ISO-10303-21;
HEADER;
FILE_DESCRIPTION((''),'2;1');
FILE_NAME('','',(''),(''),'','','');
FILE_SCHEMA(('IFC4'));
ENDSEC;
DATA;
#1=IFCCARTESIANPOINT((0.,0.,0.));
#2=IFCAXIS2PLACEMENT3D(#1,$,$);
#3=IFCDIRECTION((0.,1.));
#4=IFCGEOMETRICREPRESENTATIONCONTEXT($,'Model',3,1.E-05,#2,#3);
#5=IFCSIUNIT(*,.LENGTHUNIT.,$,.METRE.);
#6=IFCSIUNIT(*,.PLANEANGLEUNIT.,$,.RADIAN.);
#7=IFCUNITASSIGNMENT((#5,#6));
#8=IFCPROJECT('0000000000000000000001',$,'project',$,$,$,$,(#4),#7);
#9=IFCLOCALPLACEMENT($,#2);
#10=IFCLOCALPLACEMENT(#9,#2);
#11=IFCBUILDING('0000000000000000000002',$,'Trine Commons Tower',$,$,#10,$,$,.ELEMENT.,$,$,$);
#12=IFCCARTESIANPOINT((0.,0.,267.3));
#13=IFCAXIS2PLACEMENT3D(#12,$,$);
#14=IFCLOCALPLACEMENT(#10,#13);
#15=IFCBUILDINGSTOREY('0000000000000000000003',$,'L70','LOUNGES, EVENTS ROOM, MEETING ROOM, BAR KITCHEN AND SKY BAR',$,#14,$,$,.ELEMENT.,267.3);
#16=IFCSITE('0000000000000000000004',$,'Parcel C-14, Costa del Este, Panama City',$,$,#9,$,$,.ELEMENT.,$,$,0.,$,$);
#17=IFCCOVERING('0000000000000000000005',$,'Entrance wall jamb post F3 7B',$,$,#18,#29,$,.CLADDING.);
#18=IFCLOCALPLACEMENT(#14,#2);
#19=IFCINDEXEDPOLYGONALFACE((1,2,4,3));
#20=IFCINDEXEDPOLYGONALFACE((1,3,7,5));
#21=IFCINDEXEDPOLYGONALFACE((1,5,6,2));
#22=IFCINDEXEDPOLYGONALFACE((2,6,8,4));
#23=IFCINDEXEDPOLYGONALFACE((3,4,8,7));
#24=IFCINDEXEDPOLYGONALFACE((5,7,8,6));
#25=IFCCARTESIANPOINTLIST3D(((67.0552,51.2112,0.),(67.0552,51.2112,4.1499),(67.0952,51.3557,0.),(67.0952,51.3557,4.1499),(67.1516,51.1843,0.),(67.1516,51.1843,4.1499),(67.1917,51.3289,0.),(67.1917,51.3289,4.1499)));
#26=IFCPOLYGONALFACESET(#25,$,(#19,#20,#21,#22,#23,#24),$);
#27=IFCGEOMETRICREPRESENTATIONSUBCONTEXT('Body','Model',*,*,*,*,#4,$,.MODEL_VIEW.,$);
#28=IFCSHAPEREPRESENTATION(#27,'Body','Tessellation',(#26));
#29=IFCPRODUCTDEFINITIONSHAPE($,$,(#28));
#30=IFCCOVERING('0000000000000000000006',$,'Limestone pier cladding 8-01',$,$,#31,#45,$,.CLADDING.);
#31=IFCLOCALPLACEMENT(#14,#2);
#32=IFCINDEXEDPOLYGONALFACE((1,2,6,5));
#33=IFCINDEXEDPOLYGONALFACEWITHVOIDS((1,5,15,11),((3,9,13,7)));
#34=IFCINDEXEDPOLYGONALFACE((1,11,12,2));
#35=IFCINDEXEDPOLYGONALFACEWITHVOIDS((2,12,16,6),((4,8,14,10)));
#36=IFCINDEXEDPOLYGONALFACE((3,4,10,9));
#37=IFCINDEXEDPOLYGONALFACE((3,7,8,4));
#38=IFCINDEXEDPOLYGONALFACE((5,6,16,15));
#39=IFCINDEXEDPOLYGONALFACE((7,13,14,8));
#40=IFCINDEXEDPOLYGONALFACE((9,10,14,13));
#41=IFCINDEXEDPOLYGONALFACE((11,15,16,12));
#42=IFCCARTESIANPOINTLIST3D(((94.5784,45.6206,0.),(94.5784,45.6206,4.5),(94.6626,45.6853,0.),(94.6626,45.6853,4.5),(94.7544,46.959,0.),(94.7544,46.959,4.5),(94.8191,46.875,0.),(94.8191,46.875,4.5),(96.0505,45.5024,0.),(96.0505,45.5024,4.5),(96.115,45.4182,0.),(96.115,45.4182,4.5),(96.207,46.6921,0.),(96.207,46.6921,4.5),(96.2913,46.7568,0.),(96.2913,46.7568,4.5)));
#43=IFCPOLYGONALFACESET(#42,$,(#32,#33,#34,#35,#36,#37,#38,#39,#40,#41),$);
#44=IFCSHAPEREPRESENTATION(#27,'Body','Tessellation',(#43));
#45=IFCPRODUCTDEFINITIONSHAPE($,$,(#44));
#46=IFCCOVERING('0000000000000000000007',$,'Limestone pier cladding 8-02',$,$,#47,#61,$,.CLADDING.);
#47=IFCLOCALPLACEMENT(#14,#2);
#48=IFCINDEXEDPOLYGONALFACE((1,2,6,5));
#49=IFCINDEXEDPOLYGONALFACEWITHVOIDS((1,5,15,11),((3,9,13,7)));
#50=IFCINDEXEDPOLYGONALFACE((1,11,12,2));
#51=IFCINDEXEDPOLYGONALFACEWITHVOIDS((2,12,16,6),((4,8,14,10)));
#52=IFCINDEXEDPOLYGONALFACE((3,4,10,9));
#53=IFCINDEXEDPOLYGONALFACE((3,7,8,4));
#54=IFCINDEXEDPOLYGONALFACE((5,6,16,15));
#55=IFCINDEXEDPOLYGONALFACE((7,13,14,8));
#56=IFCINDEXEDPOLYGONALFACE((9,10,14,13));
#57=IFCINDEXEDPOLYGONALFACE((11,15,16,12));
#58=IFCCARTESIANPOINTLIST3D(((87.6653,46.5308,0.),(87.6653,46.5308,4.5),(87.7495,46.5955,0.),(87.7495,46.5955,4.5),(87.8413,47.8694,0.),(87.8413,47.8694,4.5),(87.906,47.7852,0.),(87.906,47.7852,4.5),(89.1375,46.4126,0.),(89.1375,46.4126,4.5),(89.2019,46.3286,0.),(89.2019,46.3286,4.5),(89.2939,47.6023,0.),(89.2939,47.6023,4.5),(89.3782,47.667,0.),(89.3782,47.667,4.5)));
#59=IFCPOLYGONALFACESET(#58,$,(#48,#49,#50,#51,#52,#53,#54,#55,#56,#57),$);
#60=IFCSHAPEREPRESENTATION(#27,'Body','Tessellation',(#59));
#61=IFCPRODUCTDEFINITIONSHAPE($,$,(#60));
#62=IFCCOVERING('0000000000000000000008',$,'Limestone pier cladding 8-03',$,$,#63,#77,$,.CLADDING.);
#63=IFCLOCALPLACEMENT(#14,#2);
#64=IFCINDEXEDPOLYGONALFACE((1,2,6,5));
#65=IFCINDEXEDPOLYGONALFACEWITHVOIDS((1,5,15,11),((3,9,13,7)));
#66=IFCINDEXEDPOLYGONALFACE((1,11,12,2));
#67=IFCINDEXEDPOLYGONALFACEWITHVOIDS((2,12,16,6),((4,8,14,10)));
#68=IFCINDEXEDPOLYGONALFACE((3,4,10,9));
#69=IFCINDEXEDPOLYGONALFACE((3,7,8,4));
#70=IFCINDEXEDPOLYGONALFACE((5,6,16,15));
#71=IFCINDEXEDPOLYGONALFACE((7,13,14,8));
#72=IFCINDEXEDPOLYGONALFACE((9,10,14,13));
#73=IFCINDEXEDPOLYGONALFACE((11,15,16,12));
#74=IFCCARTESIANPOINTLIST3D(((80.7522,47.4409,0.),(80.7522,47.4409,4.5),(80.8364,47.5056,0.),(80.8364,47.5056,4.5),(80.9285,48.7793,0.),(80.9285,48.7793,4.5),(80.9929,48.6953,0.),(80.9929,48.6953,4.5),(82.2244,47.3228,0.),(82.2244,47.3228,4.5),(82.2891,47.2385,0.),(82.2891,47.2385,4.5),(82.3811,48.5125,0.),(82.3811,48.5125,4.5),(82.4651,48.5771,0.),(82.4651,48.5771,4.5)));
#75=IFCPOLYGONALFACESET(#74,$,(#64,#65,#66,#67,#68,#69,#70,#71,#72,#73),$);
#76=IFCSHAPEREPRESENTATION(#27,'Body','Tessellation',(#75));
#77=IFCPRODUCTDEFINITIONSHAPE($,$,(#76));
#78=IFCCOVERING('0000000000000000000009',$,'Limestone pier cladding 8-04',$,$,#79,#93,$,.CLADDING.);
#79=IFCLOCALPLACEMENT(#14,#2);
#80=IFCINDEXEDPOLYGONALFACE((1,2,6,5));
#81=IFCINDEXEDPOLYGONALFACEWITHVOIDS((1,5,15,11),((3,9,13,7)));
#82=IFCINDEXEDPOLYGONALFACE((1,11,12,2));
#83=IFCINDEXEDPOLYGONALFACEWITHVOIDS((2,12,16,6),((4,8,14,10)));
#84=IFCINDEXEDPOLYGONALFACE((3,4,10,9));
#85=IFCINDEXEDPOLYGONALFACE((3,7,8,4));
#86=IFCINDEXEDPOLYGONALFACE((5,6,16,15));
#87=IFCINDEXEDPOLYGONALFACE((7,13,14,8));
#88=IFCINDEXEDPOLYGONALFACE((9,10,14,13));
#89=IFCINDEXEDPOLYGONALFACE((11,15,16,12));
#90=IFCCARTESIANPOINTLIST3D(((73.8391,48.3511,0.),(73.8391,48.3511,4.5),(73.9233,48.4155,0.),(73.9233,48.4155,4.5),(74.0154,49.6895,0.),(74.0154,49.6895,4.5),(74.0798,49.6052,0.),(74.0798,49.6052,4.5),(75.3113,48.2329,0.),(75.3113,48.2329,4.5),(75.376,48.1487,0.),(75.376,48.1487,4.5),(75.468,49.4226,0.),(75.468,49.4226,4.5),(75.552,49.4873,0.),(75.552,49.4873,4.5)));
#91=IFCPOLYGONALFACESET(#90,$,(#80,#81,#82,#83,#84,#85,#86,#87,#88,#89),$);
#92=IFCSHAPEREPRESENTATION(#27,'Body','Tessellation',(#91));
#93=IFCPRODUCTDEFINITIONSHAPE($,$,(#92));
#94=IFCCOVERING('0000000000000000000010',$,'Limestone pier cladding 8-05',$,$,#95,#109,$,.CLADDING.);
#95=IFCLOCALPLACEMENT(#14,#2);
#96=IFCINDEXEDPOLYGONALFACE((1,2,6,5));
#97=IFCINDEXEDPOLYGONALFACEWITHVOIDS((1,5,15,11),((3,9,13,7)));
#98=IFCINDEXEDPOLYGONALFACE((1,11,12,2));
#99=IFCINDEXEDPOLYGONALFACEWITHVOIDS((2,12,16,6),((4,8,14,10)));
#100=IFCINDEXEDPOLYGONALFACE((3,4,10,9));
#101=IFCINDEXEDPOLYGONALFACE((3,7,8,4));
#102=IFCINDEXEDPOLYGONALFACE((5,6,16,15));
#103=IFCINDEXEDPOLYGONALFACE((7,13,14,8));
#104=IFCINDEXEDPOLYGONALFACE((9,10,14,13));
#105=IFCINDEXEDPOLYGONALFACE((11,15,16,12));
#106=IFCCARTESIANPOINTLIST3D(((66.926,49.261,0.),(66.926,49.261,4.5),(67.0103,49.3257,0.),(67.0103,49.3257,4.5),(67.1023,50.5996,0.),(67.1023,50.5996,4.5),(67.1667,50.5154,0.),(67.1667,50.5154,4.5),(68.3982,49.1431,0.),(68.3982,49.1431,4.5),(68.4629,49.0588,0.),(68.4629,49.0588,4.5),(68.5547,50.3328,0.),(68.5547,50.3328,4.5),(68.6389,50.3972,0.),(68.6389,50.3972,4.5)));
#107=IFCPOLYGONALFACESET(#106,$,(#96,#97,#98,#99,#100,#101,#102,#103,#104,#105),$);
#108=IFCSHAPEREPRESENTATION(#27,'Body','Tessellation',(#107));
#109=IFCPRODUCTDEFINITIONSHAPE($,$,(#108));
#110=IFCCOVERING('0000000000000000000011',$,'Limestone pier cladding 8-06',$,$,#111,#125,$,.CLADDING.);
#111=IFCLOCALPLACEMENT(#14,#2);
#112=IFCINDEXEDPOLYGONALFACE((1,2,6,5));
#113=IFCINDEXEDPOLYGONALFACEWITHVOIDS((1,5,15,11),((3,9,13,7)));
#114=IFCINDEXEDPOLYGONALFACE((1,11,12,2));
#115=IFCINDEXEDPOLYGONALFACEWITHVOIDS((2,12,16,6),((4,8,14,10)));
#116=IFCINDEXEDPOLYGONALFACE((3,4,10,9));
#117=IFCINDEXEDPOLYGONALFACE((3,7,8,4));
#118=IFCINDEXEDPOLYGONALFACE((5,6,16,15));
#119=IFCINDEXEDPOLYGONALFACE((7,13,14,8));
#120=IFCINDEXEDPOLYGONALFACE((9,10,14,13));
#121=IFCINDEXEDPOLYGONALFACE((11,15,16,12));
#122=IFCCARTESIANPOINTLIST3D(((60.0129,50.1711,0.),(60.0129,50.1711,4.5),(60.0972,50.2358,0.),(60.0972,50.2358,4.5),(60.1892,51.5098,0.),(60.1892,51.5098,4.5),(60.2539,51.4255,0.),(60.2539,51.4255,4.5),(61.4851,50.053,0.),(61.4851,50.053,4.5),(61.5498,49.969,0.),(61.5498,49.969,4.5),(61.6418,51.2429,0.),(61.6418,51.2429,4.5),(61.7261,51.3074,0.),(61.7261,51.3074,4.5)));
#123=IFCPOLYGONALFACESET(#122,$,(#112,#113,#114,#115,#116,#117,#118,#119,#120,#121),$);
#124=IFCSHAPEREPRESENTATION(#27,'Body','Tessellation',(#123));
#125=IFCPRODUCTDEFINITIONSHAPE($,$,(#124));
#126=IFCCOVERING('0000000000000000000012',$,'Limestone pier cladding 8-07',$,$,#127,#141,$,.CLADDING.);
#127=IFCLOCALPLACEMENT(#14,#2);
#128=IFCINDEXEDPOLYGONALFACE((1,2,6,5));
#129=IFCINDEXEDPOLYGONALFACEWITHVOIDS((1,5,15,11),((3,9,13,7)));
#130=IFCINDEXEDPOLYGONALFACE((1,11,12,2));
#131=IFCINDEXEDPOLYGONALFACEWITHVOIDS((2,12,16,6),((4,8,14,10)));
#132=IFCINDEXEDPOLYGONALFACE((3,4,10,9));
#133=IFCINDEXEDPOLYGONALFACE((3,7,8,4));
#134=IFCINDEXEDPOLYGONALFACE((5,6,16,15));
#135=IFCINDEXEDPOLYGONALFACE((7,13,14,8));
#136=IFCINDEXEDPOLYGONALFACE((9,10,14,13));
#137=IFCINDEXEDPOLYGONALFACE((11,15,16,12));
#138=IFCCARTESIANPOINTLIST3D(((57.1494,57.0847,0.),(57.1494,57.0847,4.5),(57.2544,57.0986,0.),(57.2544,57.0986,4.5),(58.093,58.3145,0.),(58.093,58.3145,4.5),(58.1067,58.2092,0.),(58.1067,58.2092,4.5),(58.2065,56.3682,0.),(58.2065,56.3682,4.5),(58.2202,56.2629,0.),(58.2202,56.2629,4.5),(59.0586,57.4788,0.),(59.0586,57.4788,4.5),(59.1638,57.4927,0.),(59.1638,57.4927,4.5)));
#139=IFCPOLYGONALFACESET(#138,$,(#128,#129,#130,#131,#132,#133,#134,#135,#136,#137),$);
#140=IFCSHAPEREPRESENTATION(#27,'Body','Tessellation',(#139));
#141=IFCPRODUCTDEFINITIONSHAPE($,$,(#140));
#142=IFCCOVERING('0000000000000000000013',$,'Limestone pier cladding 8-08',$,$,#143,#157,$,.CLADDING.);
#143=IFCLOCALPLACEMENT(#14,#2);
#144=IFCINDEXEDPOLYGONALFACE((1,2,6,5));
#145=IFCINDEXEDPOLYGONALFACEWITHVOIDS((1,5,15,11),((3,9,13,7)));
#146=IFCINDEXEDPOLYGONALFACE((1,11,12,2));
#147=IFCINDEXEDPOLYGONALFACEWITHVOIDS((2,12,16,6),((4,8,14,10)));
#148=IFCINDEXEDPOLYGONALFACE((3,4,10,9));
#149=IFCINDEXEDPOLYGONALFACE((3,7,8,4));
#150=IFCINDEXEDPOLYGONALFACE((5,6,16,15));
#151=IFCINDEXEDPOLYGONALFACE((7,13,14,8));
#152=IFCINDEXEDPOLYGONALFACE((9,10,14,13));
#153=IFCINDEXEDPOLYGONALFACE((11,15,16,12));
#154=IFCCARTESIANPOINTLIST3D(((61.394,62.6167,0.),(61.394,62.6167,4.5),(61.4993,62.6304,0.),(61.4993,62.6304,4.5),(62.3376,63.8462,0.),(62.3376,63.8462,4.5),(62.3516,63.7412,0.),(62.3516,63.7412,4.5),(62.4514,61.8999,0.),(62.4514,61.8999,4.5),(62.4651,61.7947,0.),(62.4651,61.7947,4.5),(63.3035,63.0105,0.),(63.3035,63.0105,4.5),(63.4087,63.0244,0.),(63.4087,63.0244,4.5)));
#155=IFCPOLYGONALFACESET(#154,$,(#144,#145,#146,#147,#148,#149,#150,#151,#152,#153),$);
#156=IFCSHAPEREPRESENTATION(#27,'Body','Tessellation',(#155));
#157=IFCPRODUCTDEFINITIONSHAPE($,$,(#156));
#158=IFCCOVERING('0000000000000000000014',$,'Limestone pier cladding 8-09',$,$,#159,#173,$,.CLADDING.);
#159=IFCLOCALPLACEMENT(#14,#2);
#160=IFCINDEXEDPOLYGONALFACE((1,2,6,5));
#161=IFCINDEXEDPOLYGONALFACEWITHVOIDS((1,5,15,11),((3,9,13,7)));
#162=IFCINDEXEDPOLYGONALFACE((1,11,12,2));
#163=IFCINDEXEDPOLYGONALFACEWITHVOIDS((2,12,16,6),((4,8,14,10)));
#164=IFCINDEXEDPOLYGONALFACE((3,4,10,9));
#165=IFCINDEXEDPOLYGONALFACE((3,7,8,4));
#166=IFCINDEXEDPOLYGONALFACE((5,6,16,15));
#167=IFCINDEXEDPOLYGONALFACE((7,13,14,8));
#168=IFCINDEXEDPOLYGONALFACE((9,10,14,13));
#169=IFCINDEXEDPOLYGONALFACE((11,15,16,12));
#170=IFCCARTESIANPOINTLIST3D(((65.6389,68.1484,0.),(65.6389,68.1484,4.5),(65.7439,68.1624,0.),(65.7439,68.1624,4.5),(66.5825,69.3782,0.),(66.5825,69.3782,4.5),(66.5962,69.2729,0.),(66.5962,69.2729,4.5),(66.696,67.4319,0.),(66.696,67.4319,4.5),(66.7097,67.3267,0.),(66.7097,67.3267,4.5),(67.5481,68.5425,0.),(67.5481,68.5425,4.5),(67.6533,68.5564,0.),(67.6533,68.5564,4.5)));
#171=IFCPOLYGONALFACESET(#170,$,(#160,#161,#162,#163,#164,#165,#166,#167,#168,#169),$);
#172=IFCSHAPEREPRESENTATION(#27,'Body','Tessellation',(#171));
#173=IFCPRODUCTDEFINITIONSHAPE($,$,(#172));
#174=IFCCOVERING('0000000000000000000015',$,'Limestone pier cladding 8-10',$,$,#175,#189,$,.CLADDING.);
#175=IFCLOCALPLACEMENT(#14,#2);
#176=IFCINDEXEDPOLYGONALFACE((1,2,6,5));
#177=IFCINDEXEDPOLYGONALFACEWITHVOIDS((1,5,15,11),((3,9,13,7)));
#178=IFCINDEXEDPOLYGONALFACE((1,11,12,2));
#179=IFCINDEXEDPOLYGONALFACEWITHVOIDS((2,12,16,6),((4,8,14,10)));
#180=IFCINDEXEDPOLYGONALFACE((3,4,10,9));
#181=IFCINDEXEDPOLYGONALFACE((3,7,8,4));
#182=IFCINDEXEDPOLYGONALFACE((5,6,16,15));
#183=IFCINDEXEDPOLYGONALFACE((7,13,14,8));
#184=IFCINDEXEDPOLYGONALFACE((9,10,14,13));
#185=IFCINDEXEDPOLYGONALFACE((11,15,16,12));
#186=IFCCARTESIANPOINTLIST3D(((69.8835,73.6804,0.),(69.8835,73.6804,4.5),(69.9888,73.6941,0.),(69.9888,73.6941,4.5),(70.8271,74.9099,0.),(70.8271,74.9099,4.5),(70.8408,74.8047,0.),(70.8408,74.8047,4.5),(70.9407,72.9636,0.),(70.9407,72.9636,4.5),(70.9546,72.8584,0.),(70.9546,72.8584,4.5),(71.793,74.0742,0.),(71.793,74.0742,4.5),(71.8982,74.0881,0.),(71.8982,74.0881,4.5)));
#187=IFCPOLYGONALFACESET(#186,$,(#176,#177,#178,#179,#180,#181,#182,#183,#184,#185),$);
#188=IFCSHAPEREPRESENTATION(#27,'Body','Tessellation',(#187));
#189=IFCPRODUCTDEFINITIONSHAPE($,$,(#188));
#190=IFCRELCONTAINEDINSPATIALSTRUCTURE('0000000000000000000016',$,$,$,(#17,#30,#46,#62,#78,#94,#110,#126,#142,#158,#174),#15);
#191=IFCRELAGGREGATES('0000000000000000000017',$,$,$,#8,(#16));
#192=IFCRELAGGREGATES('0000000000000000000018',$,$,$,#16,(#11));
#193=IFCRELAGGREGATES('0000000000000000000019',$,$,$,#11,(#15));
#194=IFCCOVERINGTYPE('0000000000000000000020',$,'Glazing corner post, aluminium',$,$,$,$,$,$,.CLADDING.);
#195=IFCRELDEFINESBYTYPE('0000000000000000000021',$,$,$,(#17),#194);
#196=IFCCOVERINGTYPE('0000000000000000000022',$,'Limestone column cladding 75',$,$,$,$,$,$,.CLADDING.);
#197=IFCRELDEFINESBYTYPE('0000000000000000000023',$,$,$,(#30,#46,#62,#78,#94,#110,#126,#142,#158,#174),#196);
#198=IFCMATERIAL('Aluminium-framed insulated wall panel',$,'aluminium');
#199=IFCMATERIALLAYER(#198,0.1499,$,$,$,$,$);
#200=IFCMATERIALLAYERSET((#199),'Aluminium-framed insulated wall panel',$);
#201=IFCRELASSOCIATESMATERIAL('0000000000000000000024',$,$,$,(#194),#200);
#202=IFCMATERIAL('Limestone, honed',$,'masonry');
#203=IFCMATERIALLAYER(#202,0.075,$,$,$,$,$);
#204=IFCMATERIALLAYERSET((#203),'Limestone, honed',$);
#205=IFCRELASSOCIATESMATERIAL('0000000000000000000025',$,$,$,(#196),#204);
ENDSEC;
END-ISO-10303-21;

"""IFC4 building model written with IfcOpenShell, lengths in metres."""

from ifc_helpers import new_model, si_unit, direction, frame, origin, place, context, subcontext, project, spatial, polyline, outline, extrude, material, layer, layer_set, type_object, element, save


model = new_model("IFC4")

# Units and contexts
model_context = context("Model", 3, precision=1e-05, world=origin(), true_north=direction((0.0, 1.0)))
body_context = subcontext(model_context, "Body", "Model", "MODEL_VIEW")
ifc_project = project(units=[si_unit("LENGTHUNIT", "METRE"), si_unit("PLANEANGLEUNIT", "RADIAN")], contexts=[model_context])

# Site, building, storey
site_placement = place(None, origin())
site = spatial("IfcSite", under=ifc_project, at=site_placement, Name="Parcel C-14, Costa del Este, Panama City", CompositionType="ELEMENT", RefElevation=0.0)
building_placement = place(site_placement, origin())
building = spatial("IfcBuilding", under=site, at=building_placement, Name="Trine Commons Tower", CompositionType="ELEMENT")
storey_placement = place(building_placement, frame((0.0, 0.0, 267.3)))
storey = spatial("IfcBuildingStorey", under=building, at=storey_placement, Name="L70", Description="LOUNGES, EVENTS ROOM, MEETING ROOM, BAR KITCHEN AND SKY BAR", CompositionType="ELEMENT", Elevation=267.3)

# Coverings
ifc_material_1 = material(Name="Aluminium-framed insulated wall panel", Category="aluminium")
ifc_layer_1 = layer(ifc_material_1, 0.1499)
ifc_layer_set_1 = layer_set([ifc_layer_1], Name="Aluminium-framed insulated wall panel")
covering_type_1 = type_object("IfcCoveringType", Name="Glazing corner post, aluminium", PredefinedType="CLADDING", material=ifc_layer_set_1)
covering_1_placement = place(storey_placement, origin())
element("IfcCovering", 1, at=covering_1_placement, inside=storey, type_object=covering_type_1, Name="Entrance wall jamb post F3 7B", PredefinedType="CLADDING", context=body_context, shape_type="SweptSolid", body=[
    extrude(outline(polyline([(67.1516, 51.1843), (67.0552, 51.2112), (67.0952, 51.3557), (67.1917, 51.3289), (67.1516, 51.1843)])), origin(), (0.0, 0.0, 1.0), 4.1499),
])
ifc_material_2 = material(Name="Limestone, honed", Category="masonry")
ifc_layer_2 = layer(ifc_material_2, 0.075)
ifc_layer_set_2 = layer_set([ifc_layer_2], Name="Limestone, honed")
covering_type_2 = type_object("IfcCoveringType", Name="Limestone column cladding 75", PredefinedType="CLADDING", material=ifc_layer_set_2)
covering_2_placement = place(storey_placement, origin())
element("IfcCovering", 2, at=covering_2_placement, inside=storey, type_object=covering_type_2, Name="Limestone pier cladding 8-01", PredefinedType="CLADDING", context=body_context, shape_type="SweptSolid", body=[
    extrude(outline(polyline([(94.7544, 46.959), (94.5784, 45.6206), (96.115, 45.4182), (96.2913, 46.7568), (94.7544, 46.959)]), holes=[polyline([(94.8191, 46.875), (94.6626, 45.6853), (96.0505, 45.5024), (96.207, 46.6921), (94.8191, 46.875)])]), origin(), (0.0, 0.0, 1.0), 4.5),
])
covering_3_placement = place(storey_placement, origin())
element("IfcCovering", 3, at=covering_3_placement, inside=storey, type_object=covering_type_2, Name="Limestone pier cladding 8-02", PredefinedType="CLADDING", context=body_context, shape_type="SweptSolid", body=[
    extrude(outline(polyline([(87.8413, 47.8694), (87.6653, 46.5308), (89.2019, 46.3286), (89.3782, 47.667), (87.8413, 47.8694)]), holes=[polyline([(87.906, 47.7852), (87.7495, 46.5955), (89.1375, 46.4126), (89.2939, 47.6023), (87.906, 47.7852)])]), origin(), (0.0, 0.0, 1.0), 4.5),
])
covering_4_placement = place(storey_placement, origin())
element("IfcCovering", 4, at=covering_4_placement, inside=storey, type_object=covering_type_2, Name="Limestone pier cladding 8-03", PredefinedType="CLADDING", context=body_context, shape_type="SweptSolid", body=[
    extrude(outline(polyline([(80.9285, 48.7793), (80.7522, 47.4409), (82.2891, 47.2385), (82.4651, 48.5771), (80.9285, 48.7793)]), holes=[polyline([(80.9929, 48.6953), (80.8364, 47.5056), (82.2244, 47.3228), (82.3811, 48.5125), (80.9929, 48.6953)])]), origin(), (0.0, 0.0, 1.0), 4.5),
])
covering_5_placement = place(storey_placement, origin())
element("IfcCovering", 5, at=covering_5_placement, inside=storey, type_object=covering_type_2, Name="Limestone pier cladding 8-04", PredefinedType="CLADDING", context=body_context, shape_type="SweptSolid", body=[
    extrude(outline(polyline([(74.0154, 49.6895), (73.8391, 48.3511), (75.376, 48.1487), (75.552, 49.4873), (74.0154, 49.6895)]), holes=[polyline([(74.0798, 49.6052), (73.9233, 48.4155), (75.3113, 48.2329), (75.468, 49.4226), (74.0798, 49.6052)])]), origin(), (0.0, 0.0, 1.0), 4.5),
])
covering_6_placement = place(storey_placement, origin())
element("IfcCovering", 6, at=covering_6_placement, inside=storey, type_object=covering_type_2, Name="Limestone pier cladding 8-05", PredefinedType="CLADDING", context=body_context, shape_type="SweptSolid", body=[
    extrude(outline(polyline([(67.1023, 50.5996), (66.926, 49.261), (68.4629, 49.0588), (68.6389, 50.3972), (67.1023, 50.5996)]), holes=[polyline([(67.1667, 50.5154), (67.0103, 49.3257), (68.3982, 49.1431), (68.5547, 50.3328), (67.1667, 50.5154)])]), origin(), (0.0, 0.0, 1.0), 4.5),
])
covering_7_placement = place(storey_placement, origin())
element("IfcCovering", 7, at=covering_7_placement, inside=storey, type_object=covering_type_2, Name="Limestone pier cladding 8-06", PredefinedType="CLADDING", context=body_context, shape_type="SweptSolid", body=[
    extrude(outline(polyline([(60.1892, 51.5098), (60.0129, 50.1711), (61.5498, 49.969), (61.7261, 51.3074), (60.1892, 51.5098)]), holes=[polyline([(60.2539, 51.4255), (60.0972, 50.2358), (61.4851, 50.053), (61.6418, 51.2429), (60.2539, 51.4255)])]), origin(), (0.0, 0.0, 1.0), 4.5),
])
covering_8_placement = place(storey_placement, origin())
element("IfcCovering", 8, at=covering_8_placement, inside=storey, type_object=covering_type_2, Name="Limestone pier cladding 8-07", PredefinedType="CLADDING", context=body_context, shape_type="SweptSolid", body=[
    extrude(outline(polyline([(59.1638, 57.4927), (58.093, 58.3145), (57.1494, 57.0847), (58.2202, 56.2629), (59.1638, 57.4927)]), holes=[polyline([(59.0586, 57.4788), (58.1067, 58.2092), (57.2544, 57.0986), (58.2065, 56.3682), (59.0586, 57.4788)])]), origin(), (0.0, 0.0, 1.0), 4.5),
])
covering_9_placement = place(storey_placement, origin())
element("IfcCovering", 9, at=covering_9_placement, inside=storey, type_object=covering_type_2, Name="Limestone pier cladding 8-08", PredefinedType="CLADDING", context=body_context, shape_type="SweptSolid", body=[
    extrude(outline(polyline([(63.4087, 63.0244), (62.3376, 63.8462), (61.394, 62.6167), (62.4651, 61.7947), (63.4087, 63.0244)]), holes=[polyline([(63.3035, 63.0105), (62.3516, 63.7412), (61.4993, 62.6304), (62.4514, 61.8999), (63.3035, 63.0105)])]), origin(), (0.0, 0.0, 1.0), 4.5),
])
covering_10_placement = place(storey_placement, origin())
element("IfcCovering", 10, at=covering_10_placement, inside=storey, type_object=covering_type_2, Name="Limestone pier cladding 8-09", PredefinedType="CLADDING", context=body_context, shape_type="SweptSolid", body=[
    extrude(outline(polyline([(67.6533, 68.5564), (66.5825, 69.3782), (65.6389, 68.1484), (66.7097, 67.3267), (67.6533, 68.5564)]), holes=[polyline([(67.5481, 68.5425), (66.5962, 69.2729), (65.7439, 68.1624), (66.696, 67.4319), (67.5481, 68.5425)])]), origin(), (0.0, 0.0, 1.0), 4.5),
])
covering_11_placement = place(storey_placement, origin())
element("IfcCovering", 11, at=covering_11_placement, inside=storey, type_object=covering_type_2, Name="Limestone pier cladding 8-10", PredefinedType="CLADDING", context=body_context, shape_type="SweptSolid", body=[
    extrude(outline(polyline([(71.8982, 74.0881), (70.8271, 74.9099), (69.8835, 73.6804), (70.9546, 72.8584), (71.8982, 74.0881)]), holes=[polyline([(71.793, 74.0742), (70.8408, 74.8047), (69.9888, 73.6941), (70.9407, 72.9636), (71.793, 74.0742)])]), origin(), (0.0, 0.0, 1.0), 4.5),
])

save(model, "model.ifc")
